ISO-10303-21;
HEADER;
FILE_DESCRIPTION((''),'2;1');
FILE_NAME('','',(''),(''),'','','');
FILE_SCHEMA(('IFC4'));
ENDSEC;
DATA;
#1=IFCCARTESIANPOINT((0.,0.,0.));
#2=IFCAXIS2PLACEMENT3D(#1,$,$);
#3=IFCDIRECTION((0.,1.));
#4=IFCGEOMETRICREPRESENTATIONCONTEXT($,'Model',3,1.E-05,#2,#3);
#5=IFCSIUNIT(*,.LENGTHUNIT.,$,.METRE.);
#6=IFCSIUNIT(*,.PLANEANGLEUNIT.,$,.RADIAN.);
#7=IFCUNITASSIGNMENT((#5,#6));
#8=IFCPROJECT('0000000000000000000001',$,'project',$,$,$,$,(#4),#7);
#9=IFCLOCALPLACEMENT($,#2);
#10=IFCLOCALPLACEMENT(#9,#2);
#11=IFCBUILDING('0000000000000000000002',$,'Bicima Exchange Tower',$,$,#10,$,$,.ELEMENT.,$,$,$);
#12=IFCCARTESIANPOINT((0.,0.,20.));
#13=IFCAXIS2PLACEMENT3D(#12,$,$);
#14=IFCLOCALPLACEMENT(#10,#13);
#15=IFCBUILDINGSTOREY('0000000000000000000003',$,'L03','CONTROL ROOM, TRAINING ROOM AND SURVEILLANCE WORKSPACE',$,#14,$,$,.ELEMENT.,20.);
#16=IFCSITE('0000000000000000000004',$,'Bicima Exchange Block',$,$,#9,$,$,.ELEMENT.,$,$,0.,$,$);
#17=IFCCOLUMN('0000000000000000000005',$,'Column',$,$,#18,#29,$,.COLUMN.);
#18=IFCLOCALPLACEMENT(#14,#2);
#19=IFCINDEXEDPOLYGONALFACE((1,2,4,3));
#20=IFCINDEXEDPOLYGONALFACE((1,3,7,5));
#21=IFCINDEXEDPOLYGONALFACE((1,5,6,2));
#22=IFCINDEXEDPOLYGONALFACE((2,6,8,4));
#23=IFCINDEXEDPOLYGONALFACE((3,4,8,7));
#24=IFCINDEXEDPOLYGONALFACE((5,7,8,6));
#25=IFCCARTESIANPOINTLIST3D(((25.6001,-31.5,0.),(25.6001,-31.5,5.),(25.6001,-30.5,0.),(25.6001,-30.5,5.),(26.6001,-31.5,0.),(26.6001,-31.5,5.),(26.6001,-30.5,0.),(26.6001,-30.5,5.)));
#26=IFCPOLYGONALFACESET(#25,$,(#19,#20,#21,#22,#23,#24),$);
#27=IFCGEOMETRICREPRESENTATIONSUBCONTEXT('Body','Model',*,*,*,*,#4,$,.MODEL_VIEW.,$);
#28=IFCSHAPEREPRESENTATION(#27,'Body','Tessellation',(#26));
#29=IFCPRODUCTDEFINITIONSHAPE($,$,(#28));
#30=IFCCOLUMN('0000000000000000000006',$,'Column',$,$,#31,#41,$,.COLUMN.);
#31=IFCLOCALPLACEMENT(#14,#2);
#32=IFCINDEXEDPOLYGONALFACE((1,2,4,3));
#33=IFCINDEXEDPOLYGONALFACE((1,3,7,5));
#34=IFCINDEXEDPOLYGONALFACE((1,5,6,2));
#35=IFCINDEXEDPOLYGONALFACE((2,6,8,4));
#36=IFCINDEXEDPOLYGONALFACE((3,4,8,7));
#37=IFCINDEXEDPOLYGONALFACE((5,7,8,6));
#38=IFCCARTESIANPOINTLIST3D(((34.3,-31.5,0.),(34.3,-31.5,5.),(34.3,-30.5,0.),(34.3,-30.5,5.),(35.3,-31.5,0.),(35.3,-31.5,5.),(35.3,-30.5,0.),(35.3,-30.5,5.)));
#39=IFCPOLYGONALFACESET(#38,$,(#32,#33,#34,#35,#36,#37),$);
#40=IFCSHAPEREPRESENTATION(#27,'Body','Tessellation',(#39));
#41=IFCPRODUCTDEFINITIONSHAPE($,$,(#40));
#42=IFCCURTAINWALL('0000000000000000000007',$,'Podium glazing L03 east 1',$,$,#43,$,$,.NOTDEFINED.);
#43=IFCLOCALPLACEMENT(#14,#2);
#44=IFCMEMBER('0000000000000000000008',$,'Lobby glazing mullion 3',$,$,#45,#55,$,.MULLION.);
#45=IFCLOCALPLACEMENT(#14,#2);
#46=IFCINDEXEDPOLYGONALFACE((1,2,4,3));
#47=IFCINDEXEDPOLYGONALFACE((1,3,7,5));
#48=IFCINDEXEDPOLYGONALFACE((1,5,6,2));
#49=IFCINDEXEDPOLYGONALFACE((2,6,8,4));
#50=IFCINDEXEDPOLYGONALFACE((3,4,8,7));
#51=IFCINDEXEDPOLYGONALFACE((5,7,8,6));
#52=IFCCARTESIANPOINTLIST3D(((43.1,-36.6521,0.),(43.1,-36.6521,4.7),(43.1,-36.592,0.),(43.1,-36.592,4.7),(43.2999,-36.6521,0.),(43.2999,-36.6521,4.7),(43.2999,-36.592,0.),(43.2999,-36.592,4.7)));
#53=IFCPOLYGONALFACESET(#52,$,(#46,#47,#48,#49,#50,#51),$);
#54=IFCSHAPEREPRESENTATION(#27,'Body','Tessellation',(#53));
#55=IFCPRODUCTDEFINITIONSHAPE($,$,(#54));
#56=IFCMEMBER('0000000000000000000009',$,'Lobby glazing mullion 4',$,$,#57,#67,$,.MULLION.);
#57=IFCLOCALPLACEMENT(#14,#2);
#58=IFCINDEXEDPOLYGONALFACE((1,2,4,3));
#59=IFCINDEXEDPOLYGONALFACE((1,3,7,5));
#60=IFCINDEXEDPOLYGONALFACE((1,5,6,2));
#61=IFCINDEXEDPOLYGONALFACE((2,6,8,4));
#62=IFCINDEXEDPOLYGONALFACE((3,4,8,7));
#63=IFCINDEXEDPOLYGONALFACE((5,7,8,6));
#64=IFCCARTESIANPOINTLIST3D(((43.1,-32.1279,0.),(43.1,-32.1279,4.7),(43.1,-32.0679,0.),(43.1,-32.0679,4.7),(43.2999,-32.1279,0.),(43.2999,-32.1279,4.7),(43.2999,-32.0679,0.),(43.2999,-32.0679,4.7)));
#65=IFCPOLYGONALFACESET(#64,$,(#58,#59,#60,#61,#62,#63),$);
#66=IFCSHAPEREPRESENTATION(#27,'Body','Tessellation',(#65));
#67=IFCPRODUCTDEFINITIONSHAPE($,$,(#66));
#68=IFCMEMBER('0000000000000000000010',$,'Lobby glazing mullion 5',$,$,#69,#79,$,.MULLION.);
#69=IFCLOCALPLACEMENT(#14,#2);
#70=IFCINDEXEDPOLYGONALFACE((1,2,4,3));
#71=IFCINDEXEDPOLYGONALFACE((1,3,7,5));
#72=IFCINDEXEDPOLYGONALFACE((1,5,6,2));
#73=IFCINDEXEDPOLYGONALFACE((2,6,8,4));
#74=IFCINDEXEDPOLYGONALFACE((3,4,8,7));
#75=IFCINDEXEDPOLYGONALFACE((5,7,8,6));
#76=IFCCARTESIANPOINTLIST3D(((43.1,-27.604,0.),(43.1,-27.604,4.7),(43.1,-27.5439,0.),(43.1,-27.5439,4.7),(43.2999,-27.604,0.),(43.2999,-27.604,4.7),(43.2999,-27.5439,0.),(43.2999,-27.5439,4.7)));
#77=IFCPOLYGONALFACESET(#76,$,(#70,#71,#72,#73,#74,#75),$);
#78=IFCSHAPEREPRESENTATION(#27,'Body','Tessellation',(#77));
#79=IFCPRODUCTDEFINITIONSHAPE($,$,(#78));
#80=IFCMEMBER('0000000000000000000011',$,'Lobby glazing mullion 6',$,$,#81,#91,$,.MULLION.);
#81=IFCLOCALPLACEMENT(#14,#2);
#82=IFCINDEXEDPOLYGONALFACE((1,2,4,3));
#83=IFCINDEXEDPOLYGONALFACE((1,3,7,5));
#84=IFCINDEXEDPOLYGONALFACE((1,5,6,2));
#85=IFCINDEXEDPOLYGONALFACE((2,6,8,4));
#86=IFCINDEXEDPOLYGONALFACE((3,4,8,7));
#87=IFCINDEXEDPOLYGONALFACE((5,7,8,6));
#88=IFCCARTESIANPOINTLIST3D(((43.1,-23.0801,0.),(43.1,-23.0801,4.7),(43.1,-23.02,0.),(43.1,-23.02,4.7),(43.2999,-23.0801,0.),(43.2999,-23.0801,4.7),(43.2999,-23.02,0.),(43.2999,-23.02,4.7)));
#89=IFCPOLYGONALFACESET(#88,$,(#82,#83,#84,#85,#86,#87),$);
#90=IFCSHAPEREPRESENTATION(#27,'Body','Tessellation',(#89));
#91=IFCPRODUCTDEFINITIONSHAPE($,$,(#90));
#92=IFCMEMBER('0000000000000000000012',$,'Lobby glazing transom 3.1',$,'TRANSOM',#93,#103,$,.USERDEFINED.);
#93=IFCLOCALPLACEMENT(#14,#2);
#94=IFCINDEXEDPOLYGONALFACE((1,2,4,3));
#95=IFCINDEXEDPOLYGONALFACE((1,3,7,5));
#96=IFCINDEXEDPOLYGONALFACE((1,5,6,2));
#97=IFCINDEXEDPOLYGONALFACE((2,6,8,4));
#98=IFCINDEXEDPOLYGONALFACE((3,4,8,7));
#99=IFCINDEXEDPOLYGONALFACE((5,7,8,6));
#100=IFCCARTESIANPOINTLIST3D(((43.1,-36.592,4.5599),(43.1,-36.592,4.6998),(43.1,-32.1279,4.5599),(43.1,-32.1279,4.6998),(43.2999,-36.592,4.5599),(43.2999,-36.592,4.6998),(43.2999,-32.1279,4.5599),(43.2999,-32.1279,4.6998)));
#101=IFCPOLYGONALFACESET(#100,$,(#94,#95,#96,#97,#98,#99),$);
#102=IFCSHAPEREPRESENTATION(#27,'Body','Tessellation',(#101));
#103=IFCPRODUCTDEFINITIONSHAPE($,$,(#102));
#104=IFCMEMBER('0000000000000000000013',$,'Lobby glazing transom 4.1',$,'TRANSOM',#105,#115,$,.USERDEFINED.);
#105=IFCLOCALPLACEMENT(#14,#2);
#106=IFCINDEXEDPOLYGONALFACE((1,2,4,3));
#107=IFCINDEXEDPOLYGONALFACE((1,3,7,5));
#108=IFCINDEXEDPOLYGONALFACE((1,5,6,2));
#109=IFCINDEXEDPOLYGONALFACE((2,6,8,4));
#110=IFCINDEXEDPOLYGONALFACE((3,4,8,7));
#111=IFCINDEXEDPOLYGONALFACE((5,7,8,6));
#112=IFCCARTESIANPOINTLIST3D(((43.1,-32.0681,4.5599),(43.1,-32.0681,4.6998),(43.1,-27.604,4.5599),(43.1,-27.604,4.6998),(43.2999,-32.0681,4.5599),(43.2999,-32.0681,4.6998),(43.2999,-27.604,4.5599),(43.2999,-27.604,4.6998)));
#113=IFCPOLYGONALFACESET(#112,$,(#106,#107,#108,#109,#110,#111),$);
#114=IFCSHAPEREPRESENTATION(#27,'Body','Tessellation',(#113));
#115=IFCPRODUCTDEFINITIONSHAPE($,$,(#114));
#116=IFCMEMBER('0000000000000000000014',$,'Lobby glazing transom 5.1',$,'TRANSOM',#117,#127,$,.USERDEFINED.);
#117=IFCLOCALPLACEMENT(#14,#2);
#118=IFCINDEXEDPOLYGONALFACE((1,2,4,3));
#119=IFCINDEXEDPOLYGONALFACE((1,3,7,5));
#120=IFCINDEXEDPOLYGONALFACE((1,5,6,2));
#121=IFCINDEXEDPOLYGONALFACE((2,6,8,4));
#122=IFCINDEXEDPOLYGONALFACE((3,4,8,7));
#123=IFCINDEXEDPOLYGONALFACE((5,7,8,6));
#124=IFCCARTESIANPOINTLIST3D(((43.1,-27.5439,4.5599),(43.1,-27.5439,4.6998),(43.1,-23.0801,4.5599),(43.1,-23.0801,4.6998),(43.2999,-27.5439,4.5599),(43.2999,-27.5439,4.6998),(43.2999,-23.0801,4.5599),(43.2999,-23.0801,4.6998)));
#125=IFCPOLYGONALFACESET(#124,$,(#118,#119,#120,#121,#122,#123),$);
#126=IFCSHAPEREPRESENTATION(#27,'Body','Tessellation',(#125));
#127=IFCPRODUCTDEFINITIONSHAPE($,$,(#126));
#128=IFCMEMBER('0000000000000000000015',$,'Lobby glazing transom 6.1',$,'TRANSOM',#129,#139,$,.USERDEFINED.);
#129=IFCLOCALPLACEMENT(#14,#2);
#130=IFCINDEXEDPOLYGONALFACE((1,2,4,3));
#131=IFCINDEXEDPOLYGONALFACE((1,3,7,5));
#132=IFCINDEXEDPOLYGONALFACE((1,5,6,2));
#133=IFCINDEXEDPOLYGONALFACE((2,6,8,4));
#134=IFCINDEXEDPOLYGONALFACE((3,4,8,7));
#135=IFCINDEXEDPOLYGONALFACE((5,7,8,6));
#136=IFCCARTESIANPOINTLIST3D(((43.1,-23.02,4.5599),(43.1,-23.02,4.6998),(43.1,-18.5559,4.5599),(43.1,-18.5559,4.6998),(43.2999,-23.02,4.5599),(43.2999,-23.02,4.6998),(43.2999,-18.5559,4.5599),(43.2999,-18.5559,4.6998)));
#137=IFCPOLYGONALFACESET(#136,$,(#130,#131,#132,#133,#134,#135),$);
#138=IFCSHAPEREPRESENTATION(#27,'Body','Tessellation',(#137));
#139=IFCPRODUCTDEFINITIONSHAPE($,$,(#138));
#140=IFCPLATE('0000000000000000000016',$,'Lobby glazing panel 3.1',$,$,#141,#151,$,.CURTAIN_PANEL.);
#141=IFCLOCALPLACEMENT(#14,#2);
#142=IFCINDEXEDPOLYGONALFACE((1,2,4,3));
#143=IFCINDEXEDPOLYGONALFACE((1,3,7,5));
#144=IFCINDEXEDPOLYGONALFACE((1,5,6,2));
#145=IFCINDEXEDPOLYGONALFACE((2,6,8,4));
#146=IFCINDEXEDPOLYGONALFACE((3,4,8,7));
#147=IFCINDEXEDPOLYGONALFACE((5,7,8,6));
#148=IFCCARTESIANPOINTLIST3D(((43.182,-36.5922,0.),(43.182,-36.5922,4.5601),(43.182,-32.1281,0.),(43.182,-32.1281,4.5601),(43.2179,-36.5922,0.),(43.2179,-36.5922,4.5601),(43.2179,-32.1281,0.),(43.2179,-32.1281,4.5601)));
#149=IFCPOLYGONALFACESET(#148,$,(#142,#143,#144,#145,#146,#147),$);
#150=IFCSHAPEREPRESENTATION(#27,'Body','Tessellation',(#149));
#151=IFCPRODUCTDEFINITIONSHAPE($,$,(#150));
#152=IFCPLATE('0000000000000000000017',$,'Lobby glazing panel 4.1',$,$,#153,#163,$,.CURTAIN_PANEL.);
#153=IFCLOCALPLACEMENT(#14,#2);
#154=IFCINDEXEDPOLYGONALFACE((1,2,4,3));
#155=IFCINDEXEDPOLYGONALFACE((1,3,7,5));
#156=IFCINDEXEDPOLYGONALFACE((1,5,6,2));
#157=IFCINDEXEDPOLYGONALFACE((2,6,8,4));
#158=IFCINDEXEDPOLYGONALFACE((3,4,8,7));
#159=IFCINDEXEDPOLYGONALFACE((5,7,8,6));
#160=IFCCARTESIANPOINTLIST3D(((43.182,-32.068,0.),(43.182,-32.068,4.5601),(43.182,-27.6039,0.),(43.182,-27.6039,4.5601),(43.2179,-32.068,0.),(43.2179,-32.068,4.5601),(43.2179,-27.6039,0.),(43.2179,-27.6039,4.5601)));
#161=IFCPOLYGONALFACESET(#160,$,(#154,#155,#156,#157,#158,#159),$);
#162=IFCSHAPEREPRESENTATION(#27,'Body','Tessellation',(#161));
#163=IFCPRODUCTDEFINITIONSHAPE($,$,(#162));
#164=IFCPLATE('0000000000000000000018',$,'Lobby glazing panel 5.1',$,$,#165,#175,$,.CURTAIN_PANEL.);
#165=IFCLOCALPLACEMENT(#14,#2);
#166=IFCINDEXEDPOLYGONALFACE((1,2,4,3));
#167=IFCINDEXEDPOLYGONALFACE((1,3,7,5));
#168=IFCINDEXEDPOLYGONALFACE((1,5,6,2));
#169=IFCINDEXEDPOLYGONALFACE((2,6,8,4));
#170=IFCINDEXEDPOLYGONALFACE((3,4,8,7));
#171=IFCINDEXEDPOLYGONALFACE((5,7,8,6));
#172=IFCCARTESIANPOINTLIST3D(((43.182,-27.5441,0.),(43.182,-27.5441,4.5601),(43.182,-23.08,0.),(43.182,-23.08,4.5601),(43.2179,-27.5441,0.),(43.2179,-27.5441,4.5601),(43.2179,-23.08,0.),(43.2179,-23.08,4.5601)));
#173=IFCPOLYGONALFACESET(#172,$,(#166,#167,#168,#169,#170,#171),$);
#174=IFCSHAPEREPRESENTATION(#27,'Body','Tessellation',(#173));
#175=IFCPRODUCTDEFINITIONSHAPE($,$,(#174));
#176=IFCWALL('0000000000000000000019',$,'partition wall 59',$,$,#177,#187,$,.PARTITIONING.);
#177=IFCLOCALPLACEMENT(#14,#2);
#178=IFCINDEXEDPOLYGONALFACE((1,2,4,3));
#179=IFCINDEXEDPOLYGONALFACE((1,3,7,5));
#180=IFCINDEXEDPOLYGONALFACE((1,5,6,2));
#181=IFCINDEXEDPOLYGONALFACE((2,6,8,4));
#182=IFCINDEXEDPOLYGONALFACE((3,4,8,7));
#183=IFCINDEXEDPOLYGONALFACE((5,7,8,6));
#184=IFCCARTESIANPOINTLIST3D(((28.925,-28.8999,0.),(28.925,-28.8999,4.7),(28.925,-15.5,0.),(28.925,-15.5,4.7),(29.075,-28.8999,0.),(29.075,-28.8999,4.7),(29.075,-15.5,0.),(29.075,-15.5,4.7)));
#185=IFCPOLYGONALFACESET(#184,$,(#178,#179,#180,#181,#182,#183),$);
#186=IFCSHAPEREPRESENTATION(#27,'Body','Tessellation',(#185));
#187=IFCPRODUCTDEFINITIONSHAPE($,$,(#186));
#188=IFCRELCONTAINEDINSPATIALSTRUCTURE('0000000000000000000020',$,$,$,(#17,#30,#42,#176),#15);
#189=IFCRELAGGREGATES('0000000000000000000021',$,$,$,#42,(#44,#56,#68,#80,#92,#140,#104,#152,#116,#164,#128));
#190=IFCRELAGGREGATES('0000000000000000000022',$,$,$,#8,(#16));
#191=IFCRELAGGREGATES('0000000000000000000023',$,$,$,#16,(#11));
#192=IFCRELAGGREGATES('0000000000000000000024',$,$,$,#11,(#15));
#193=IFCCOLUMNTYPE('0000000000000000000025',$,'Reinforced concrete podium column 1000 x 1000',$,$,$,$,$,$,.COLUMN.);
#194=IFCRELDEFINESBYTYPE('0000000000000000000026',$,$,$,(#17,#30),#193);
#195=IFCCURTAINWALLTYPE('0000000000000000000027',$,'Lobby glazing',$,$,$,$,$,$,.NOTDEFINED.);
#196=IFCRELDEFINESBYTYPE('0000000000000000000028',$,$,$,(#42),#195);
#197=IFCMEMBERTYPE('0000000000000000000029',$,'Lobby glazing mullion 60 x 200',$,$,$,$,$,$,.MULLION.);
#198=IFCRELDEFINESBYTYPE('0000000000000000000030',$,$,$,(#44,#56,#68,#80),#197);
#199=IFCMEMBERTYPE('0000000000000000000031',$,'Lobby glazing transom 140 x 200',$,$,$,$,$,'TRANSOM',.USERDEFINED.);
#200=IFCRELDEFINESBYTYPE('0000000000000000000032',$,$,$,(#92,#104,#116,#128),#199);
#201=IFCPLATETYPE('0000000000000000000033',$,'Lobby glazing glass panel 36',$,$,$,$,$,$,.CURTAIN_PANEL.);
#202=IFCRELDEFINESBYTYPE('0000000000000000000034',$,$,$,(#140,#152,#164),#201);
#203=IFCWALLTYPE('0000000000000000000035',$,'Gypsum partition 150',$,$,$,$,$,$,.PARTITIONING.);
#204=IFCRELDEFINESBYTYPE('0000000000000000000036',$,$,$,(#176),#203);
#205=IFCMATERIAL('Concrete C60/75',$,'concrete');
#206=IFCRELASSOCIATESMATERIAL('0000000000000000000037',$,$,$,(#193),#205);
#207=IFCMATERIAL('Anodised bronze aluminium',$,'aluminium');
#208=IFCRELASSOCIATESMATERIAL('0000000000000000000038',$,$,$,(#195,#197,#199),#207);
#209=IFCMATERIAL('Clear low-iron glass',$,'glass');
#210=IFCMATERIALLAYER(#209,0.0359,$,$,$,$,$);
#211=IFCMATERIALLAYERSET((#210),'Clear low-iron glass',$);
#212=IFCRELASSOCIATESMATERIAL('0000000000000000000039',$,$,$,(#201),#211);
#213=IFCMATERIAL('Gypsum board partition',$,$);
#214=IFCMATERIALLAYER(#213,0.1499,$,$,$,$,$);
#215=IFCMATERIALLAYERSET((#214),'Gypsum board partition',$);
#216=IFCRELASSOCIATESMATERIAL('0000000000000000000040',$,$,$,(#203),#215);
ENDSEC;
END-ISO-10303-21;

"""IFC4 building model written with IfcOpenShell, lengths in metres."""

from ifc_helpers import new_model, si_unit, direction, frame, frame_2d, origin, origin_2d, place, context, subcontext, project, spatial, rectangle, extrude, material, layer, layer_set, material_profile, profile_set, type_object, element, aggregate, save


model = new_model("IFC4")

# Units and contexts
model_context = context("Model", 3, precision=1e-05, world=origin(), true_north=direction((0.0, 1.0)))
body_context = subcontext(model_context, "Body", "Model", "MODEL_VIEW")
ifc_project = project(units=[si_unit("LENGTHUNIT", "METRE"), si_unit("PLANEANGLEUNIT", "RADIAN")], contexts=[model_context])

# Site, building, storey
site_placement = place(None, origin())
site = spatial("IfcSite", under=ifc_project, at=site_placement, Name="Bicima Exchange Block", CompositionType="ELEMENT", RefElevation=0.0)
building_placement = place(site_placement, origin())
building = spatial("IfcBuilding", under=site, at=building_placement, Name="Bicima Exchange Tower", CompositionType="ELEMENT")
storey_placement = place(building_placement, frame((0.0, 0.0, 20.0)))
storey = spatial("IfcBuildingStorey", under=building, at=storey_placement, Name="L03", Description="CONTROL ROOM, TRAINING ROOM AND SURVEILLANCE WORKSPACE", CompositionType="ELEMENT", Elevation=20.0)

# Columns
ifc_material_1 = material(Name="Concrete C60/75", Category="concrete")
ifc_material_profile_1 = material_profile(ifc_material_1, rectangle(XDim=1.0, YDim=1.0, at=origin_2d()))
ifc_profile_set_1 = profile_set([ifc_material_profile_1], Name="Concrete C60/75")
column_type = type_object("IfcColumnType", Name="Reinforced concrete podium column 1000 x 1000", PredefinedType="COLUMN", material=ifc_profile_set_1)
for number, where, z_axis, x_axis, name in (
    (1, (26.1001, -31.0, 0.0), (0.0, 0.0, 1.0), (1.0, 0.0, 0.0), "Column"),
    (2, (34.8, -31.0, 0.0), (0.0, 0.0, 1.0), (1.0, 0.0, 0.0), "Column"),
):
    element("IfcColumn", number, at=place(storey_placement, frame(where, z_axis=z_axis, x_axis=x_axis)), inside=storey, type_object=column_type, Name=name, PredefinedType="COLUMN", context=body_context, shape_type="SweptSolid", body=[
        extrude(rectangle(XDim=1.0, YDim=1.0, at=origin_2d()), origin(), (0.0, 0.0, 1.0), 5.0),
    ])

# Curtain wall, members, plates
ifc_material_2 = material(Name="Anodised bronze aluminium", Category="aluminium")
curtain_wall_type = type_object("IfcCurtainWallType", Name="Lobby glazing", PredefinedType="NOTDEFINED", material=ifc_material_2)
curtain_wall_placement = place(storey_placement, origin())
curtain_wall = element("IfcCurtainWall", 3, at=curtain_wall_placement, inside=storey, type_object=curtain_wall_type, Name="Podium glazing L03 east 1", PredefinedType="NOTDEFINED")
ifc_material_profile_2 = material_profile(ifc_material_2, rectangle(XDim=0.2, YDim=0.0601, at=origin_2d()))
ifc_profile_set_2 = profile_set([ifc_material_profile_2], Name="Anodised bronze aluminium")
member_type_1 = type_object("IfcMemberType", Name="Lobby glazing mullion 60 x 200", PredefinedType="MULLION", material=ifc_profile_set_2)
member_1_placement = place(storey_placement, frame((43.2, -36.6221, 0.0), z_axis=(0.0, 0.0, 1.0), x_axis=(-1.0, 0.0, 0.0)))
member_1 = element("IfcMember", 4, at=member_1_placement, type_object=member_type_1, Name="Lobby glazing mullion 3", PredefinedType="MULLION", context=body_context, shape_type="SweptSolid", body=[
    extrude(rectangle(XDim=0.2, YDim=0.0601, at=origin_2d()), origin(), (0.0, 0.0, 1.0), 4.7),
])
member_2_placement = place(storey_placement, frame((43.2, -32.0979, 0.0), z_axis=(0.0, 0.0, 1.0), x_axis=(-1.0, 0.0, 0.0)))
member_2 = element("IfcMember", 5, at=member_2_placement, type_object=member_type_1, Name="Lobby glazing mullion 4", PredefinedType="MULLION", context=body_context, shape_type="SweptSolid", body=[
    extrude(rectangle(XDim=0.2, YDim=0.0601, at=origin_2d()), origin(), (0.0, 0.0, 1.0), 4.7),
])
member_3_placement = place(storey_placement, frame((43.2, -27.574, 0.0), z_axis=(0.0, 0.0, 1.0), x_axis=(-1.0, 0.0, 0.0)))
member_3 = element("IfcMember", 6, at=member_3_placement, type_object=member_type_1, Name="Lobby glazing mullion 5", PredefinedType="MULLION", context=body_context, shape_type="SweptSolid", body=[
    extrude(rectangle(XDim=0.2, YDim=0.0601, at=origin_2d()), origin(), (0.0, 0.0, 1.0), 4.7),
])
member_4_placement = place(storey_placement, frame((43.2, -23.05, 0.0), z_axis=(0.0, 0.0, 1.0), x_axis=(-1.0, 0.0, 0.0)))
member_4 = element("IfcMember", 7, at=member_4_placement, type_object=member_type_1, Name="Lobby glazing mullion 6", PredefinedType="MULLION", context=body_context, shape_type="SweptSolid", body=[
    extrude(rectangle(XDim=0.2, YDim=0.0601, at=origin_2d()), origin(), (0.0, 0.0, 1.0), 4.7),
])
ifc_material_profile_3 = material_profile(ifc_material_2, rectangle(XDim=0.2, YDim=0.1399, at=origin_2d()))
ifc_profile_set_3 = profile_set([ifc_material_profile_3], Name="Anodised bronze aluminium")
member_type_2 = type_object("IfcMemberType", Name="Lobby glazing transom 140 x 200", ElementType="TRANSOM", PredefinedType="USERDEFINED", material=ifc_profile_set_3)
member_5_placement = place(storey_placement, frame((43.2, -36.592, 4.6299), z_axis=(0.0, 1.0, 0.0), x_axis=(-1.0, 0.0, 0.0)))
member_5 = element("IfcMember", 8, at=member_5_placement, type_object=member_type_2, Name="Lobby glazing transom 3.1", ObjectType="TRANSOM", PredefinedType="USERDEFINED", context=body_context, shape_type="SweptSolid", body=[
    extrude(rectangle(XDim=0.2, YDim=0.1399, at=origin_2d()), origin(), (0.0, 0.0, 1.0), 4.4641),
])
member_6_placement = place(storey_placement, frame((43.2, -32.0681, 4.6299), z_axis=(0.0, 1.0, 0.0), x_axis=(-1.0, 0.0, 0.0)))
member_6 = element("IfcMember", 9, at=member_6_placement, type_object=member_type_2, Name="Lobby glazing transom 4.1", ObjectType="TRANSOM", PredefinedType="USERDEFINED", context=body_context, shape_type="SweptSolid", body=[
    extrude(rectangle(XDim=0.2, YDim=0.1399, at=origin_2d()), origin(), (0.0, 0.0, 1.0), 4.4641),
])
member_7_placement = place(storey_placement, frame((43.2, -27.5439, 4.6299), z_axis=(0.0, 1.0, 0.0), x_axis=(-1.0, 0.0, 0.0)))
member_7 = element("IfcMember", 10, at=member_7_placement, type_object=member_type_2, Name="Lobby glazing transom 5.1", ObjectType="TRANSOM", PredefinedType="USERDEFINED", context=body_context, shape_type="SweptSolid", body=[
    extrude(rectangle(XDim=0.2, YDim=0.1399, at=origin_2d()), origin(), (0.0, 0.0, 1.0), 4.4639),
])
member_8_placement = place(storey_placement, frame((43.2, -23.02, 4.6299), z_axis=(0.0, 1.0, 0.0), x_axis=(-1.0, 0.0, 0.0)))
member_8 = element("IfcMember", 11, at=member_8_placement, type_object=member_type_2, Name="Lobby glazing transom 6.1", ObjectType="TRANSOM", PredefinedType="USERDEFINED", context=body_context, shape_type="SweptSolid", body=[
    extrude(rectangle(XDim=0.2, YDim=0.1399, at=origin_2d()), origin(), (0.0, 0.0, 1.0), 4.4641),
])
ifc_material_3 = material(Name="Clear low-iron glass", Category="glass")
ifc_layer_1 = layer(ifc_material_3, 0.0359)
ifc_layer_set_1 = layer_set([ifc_layer_1], Name="Clear low-iron glass")
plate_type = type_object("IfcPlateType", Name="Lobby glazing glass panel 36", PredefinedType="CURTAIN_PANEL", material=ifc_layer_set_1)
plate_1_placement = place(storey_placement, frame((43.2, -34.3601, 0.0), z_axis=(0.0, 0.0, 1.0), x_axis=(0.0, 1.0, 0.0)))
plate_1 = element("IfcPlate", 12, at=plate_1_placement, type_object=plate_type, Name="Lobby glazing panel 3.1", PredefinedType="CURTAIN_PANEL", context=body_context, shape_type="SweptSolid", body=[
    extrude(rectangle(XDim=4.4641, YDim=0.0359, at=origin_2d()), origin(), (0.0, 0.0, 1.0), 4.5601),
])
plate_2_placement = place(storey_placement, frame((43.2, -29.8359, 0.0), z_axis=(0.0, 0.0, 1.0), x_axis=(0.0, 1.0, 0.0)))
plate_2 = element("IfcPlate", 13, at=plate_2_placement, type_object=plate_type, Name="Lobby glazing panel 4.1", PredefinedType="CURTAIN_PANEL", context=body_context, shape_type="SweptSolid", body=[
    extrude(rectangle(XDim=4.4641, YDim=0.0359, at=origin_2d()), origin(), (0.0, 0.0, 1.0), 4.5601),
])
plate_3_placement = place(storey_placement, frame((43.2, -25.312, 0.0), z_axis=(0.0, 0.0, 1.0), x_axis=(0.0, 1.0, 0.0)))
plate_3 = element("IfcPlate", 14, at=plate_3_placement, type_object=plate_type, Name="Lobby glazing panel 5.1", PredefinedType="CURTAIN_PANEL", context=body_context, shape_type="SweptSolid", body=[
    extrude(rectangle(XDim=4.4641, YDim=0.0359, at=origin_2d()), origin(), (0.0, 0.0, 1.0), 4.5601),
])
aggregate(curtain_wall, [member_1, member_2, member_3, member_4, member_5, plate_1, member_6, plate_2, member_7, plate_3, member_8])

# Wall
ifc_material_4 = material(Name="Gypsum board partition")
ifc_layer_2 = layer(ifc_material_4, 0.1499)
ifc_layer_set_2 = layer_set([ifc_layer_2], Name="Gypsum board partition")
wall_type_1 = type_object("IfcWallType", Name="Gypsum partition 150", PredefinedType="PARTITIONING", material=ifc_layer_set_2)
wall_1_placement = place(storey_placement, frame((29.0, -28.8999, 0.0), z_axis=(0.0, 0.0, 1.0), x_axis=(0.0, 1.0, 0.0)))
element("IfcWall", 15, at=wall_1_placement, inside=storey, type_object=wall_type_1, Name="partition wall 59", PredefinedType="PARTITIONING", context=body_context, shape_type="SweptSolid", body=[
    extrude(rectangle(XDim=13.3999, YDim=0.1499, at=frame_2d((6.7, 0.0))), origin(), (0.0, 0.0, 1.0), 4.7),
])

save(model, "model.ifc")
